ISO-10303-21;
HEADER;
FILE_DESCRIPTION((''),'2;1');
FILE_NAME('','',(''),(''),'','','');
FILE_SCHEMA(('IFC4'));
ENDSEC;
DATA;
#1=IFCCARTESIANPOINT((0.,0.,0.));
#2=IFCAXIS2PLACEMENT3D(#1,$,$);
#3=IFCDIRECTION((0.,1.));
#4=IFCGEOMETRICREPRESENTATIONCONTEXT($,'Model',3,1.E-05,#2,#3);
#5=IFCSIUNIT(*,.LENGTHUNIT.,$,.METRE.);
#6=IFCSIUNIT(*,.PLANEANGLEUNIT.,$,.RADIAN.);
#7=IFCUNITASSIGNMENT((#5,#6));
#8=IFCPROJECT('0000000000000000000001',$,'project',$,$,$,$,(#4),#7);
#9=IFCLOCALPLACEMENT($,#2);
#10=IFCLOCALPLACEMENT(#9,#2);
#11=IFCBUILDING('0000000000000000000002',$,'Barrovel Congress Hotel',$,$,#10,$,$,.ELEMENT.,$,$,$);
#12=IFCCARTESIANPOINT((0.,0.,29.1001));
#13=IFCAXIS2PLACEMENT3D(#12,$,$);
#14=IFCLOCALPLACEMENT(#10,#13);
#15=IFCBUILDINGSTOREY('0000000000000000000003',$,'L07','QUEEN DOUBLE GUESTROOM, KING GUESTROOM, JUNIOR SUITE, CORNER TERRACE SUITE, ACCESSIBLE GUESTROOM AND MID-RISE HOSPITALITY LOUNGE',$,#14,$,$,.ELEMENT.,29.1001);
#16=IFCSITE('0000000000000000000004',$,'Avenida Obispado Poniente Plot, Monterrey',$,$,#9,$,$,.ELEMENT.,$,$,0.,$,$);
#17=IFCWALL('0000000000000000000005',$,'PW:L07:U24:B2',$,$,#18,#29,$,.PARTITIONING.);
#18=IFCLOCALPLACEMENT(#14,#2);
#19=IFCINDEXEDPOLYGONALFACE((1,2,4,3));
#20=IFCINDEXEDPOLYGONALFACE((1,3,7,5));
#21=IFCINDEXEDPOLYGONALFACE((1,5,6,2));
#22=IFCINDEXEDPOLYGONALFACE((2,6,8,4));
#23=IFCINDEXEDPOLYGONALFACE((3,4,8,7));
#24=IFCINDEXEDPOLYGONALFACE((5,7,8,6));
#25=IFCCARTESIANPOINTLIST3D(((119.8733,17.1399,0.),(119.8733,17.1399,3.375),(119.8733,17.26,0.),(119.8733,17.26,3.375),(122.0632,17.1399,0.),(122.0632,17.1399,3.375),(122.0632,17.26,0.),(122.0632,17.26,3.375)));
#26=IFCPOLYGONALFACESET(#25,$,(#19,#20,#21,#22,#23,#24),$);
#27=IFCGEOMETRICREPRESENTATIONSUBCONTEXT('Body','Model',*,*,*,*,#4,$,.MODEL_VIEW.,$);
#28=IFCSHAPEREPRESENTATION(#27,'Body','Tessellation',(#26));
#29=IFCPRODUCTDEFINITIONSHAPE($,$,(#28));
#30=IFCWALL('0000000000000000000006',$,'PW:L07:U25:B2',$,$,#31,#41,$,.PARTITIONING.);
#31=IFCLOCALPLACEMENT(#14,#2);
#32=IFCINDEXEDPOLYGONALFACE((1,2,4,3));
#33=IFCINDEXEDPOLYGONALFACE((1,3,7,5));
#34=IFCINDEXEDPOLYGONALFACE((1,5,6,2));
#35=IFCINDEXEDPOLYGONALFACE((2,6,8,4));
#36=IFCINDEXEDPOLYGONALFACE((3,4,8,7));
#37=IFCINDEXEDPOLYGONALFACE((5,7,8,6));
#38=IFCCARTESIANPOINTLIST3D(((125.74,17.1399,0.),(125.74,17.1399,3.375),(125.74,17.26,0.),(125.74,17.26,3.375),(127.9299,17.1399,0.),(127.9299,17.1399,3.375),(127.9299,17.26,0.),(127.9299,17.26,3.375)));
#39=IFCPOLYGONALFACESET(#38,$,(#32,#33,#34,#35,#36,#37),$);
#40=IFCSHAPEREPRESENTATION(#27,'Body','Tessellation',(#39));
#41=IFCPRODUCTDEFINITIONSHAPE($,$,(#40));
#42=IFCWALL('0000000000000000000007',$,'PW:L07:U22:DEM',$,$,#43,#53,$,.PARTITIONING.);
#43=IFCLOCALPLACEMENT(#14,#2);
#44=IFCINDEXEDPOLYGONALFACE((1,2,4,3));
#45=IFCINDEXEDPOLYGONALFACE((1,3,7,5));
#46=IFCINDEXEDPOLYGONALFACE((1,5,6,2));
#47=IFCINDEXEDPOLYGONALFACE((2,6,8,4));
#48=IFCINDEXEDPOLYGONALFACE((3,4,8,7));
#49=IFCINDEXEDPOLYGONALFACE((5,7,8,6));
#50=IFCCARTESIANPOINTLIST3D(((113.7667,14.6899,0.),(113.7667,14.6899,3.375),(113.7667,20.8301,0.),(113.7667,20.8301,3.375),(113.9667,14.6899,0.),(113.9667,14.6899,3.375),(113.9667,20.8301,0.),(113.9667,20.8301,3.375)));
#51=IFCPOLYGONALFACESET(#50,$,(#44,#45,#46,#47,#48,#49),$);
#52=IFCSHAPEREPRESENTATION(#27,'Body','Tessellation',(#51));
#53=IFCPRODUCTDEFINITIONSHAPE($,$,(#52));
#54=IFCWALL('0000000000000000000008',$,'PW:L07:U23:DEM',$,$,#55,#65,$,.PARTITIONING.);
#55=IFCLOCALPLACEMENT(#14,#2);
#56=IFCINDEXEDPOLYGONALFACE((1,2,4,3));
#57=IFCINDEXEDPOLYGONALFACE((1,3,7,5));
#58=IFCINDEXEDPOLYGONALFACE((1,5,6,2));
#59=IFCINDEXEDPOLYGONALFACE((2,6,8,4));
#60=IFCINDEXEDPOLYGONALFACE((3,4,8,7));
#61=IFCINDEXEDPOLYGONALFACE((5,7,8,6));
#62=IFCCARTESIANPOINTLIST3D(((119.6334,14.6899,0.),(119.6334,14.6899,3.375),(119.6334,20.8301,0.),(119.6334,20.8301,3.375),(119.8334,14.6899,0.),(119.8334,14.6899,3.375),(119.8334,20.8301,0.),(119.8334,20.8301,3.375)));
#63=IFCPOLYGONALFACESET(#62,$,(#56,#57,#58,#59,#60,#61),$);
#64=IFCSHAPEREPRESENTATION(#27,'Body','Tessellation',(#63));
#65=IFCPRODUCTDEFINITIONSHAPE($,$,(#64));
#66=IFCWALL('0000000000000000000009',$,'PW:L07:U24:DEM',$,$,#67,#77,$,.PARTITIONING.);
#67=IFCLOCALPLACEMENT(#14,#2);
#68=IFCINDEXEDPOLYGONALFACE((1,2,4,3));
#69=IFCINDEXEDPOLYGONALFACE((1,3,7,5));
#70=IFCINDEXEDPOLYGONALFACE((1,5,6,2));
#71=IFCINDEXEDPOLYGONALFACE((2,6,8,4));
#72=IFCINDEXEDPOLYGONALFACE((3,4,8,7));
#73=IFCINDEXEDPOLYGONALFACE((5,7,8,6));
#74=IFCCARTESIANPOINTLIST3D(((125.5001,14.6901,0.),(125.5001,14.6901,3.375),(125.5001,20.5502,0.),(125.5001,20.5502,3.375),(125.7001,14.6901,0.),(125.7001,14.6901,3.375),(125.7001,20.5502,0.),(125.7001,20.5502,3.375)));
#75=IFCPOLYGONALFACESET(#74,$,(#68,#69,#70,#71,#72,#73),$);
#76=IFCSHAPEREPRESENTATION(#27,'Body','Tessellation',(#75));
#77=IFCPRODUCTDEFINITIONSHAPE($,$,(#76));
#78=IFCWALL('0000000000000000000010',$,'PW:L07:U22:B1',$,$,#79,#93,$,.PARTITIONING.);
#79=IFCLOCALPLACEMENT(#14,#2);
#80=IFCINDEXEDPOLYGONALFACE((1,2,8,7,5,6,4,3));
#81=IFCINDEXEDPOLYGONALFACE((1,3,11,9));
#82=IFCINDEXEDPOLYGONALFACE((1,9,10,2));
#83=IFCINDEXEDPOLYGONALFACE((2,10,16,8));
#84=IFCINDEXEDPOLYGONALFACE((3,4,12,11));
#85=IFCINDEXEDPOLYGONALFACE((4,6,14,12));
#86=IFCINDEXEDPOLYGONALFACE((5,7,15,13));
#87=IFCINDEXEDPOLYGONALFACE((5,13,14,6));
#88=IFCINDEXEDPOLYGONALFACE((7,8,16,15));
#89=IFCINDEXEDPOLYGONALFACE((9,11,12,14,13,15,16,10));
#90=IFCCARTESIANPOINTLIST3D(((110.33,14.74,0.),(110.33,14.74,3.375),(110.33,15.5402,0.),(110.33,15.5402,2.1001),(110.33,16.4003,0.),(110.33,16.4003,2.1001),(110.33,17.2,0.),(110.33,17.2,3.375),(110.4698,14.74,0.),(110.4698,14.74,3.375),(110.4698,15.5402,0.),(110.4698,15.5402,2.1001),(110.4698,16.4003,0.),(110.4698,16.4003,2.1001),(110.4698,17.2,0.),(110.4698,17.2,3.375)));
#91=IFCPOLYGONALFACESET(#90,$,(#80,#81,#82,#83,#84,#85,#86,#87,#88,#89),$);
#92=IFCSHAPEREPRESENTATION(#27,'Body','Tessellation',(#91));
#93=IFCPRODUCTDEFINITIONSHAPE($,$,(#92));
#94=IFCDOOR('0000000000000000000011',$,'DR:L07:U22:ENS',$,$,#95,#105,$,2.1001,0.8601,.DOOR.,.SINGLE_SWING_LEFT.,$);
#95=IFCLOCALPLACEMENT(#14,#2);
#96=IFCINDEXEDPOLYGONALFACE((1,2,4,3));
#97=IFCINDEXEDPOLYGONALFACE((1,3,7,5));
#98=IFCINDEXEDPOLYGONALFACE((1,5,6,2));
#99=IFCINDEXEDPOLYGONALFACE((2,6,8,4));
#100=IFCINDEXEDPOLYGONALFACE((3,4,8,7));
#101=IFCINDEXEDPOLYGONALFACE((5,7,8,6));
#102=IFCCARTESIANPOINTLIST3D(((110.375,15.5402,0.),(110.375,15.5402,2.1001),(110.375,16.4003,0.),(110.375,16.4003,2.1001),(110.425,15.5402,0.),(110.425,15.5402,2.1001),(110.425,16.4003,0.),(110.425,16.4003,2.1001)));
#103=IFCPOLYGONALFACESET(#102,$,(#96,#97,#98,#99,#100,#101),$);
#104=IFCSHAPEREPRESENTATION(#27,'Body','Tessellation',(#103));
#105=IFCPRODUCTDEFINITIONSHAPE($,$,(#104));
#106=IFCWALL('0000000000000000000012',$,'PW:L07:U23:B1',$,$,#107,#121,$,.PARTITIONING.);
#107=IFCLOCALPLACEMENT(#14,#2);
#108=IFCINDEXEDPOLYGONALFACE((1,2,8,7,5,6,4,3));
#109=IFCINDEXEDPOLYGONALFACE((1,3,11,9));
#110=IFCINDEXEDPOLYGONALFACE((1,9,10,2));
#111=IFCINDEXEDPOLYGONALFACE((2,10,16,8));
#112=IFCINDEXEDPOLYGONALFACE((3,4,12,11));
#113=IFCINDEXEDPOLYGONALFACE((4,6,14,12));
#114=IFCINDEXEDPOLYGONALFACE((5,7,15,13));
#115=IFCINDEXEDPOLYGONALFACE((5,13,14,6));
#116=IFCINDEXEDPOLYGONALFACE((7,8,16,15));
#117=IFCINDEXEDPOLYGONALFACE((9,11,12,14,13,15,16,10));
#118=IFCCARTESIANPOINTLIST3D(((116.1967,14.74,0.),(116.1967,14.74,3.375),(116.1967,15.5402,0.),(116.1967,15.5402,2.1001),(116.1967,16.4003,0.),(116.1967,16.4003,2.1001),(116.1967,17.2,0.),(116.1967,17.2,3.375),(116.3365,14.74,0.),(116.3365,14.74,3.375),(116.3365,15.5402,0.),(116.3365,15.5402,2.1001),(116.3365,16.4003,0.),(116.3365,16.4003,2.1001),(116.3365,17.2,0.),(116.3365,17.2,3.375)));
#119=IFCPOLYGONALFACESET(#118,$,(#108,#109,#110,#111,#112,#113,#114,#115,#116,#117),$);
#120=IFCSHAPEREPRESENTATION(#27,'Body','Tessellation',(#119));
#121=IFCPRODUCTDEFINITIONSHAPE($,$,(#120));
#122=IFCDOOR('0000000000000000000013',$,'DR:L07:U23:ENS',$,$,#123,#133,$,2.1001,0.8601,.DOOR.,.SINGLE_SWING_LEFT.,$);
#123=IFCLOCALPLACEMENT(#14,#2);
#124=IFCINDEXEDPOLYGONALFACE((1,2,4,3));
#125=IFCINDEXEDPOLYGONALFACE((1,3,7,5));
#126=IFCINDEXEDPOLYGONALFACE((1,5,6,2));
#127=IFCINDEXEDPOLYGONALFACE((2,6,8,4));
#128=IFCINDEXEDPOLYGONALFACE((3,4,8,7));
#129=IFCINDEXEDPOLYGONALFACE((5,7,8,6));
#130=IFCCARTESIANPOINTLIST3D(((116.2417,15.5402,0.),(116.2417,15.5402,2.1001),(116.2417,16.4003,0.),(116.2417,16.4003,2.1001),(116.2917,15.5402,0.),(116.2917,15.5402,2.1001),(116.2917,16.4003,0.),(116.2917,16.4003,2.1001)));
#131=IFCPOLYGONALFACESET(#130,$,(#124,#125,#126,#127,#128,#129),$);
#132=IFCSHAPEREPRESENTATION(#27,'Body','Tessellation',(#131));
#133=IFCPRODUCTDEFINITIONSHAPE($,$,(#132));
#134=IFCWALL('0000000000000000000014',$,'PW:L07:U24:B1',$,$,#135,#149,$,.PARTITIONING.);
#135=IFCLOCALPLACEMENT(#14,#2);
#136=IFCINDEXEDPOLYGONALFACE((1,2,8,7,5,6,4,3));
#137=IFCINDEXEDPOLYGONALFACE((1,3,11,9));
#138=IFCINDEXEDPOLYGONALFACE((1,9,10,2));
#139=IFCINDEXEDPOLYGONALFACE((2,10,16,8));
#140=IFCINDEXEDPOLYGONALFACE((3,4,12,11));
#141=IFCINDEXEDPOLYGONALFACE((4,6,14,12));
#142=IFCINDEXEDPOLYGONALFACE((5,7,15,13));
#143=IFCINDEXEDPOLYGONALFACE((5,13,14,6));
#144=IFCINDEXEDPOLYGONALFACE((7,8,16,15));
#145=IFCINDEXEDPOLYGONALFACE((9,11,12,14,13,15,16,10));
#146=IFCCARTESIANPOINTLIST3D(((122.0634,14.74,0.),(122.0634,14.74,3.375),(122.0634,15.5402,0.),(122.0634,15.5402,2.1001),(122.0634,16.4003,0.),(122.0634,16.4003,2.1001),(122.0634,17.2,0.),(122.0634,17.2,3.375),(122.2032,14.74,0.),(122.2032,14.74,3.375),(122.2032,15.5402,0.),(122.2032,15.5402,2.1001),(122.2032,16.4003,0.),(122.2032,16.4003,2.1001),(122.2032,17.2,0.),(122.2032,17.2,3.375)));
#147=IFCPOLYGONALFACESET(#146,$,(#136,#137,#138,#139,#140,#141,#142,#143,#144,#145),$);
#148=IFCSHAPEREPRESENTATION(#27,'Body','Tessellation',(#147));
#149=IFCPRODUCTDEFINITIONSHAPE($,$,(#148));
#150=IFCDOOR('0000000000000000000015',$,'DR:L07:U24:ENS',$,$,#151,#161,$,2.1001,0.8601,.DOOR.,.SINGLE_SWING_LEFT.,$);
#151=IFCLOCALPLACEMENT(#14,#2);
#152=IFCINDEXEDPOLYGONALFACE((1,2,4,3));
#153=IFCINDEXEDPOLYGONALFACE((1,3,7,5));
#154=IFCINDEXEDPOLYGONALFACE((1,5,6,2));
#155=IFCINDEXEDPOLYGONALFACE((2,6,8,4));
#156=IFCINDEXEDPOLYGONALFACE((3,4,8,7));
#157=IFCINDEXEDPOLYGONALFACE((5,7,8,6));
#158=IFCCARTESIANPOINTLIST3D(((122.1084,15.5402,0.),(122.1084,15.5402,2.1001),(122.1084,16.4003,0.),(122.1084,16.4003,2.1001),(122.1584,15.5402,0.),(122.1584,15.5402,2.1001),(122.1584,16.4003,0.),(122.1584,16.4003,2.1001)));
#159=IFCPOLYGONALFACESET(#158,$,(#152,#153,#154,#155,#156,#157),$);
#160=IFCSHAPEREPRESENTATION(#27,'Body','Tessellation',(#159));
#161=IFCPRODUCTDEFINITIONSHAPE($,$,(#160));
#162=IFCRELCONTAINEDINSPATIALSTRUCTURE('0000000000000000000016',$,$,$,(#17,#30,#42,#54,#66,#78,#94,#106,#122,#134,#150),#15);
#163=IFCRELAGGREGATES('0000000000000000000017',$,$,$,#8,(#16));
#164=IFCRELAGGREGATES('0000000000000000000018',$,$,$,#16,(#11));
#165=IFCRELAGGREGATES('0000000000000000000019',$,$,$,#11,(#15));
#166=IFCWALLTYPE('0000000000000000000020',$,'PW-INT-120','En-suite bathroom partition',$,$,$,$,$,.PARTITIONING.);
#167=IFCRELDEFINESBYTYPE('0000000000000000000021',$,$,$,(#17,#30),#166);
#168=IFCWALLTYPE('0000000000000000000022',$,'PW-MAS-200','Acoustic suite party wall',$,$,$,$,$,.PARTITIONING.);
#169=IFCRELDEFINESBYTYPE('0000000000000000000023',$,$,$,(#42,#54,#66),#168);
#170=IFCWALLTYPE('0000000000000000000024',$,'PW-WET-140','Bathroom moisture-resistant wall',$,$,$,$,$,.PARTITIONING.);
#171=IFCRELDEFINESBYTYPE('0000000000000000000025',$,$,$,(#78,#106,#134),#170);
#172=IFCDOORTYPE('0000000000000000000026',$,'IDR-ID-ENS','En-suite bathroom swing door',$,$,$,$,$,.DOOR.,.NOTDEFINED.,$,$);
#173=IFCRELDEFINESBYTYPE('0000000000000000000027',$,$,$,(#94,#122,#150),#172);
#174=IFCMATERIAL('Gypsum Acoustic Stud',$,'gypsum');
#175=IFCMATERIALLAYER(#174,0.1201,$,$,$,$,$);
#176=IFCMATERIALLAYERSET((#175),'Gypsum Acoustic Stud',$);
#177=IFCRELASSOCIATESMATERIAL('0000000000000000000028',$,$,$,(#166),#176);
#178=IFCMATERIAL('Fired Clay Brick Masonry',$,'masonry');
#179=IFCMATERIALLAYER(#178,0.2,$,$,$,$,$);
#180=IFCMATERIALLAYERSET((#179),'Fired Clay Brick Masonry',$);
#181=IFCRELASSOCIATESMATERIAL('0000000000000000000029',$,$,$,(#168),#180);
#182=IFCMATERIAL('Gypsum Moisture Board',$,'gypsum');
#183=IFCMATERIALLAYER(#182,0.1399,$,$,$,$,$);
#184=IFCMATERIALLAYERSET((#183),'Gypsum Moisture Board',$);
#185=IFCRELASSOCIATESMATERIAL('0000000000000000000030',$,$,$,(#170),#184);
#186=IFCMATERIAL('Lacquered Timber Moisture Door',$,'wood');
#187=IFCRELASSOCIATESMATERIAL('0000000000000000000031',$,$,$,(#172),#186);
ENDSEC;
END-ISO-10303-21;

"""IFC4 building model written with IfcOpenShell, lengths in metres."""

from ifc_helpers import new_model, si_unit, direction, frame, frame_2d, origin, place, context, subcontext, project, spatial, rectangle, extrude, material, layer, layer_set, type_object, element, fill, save


model = new_model("IFC4")

# Units and contexts
model_context = context("Model", 3, precision=1e-05, world=origin(), true_north=direction((0.0, 1.0)))
body_context = subcontext(model_context, "Body", "Model", "MODEL_VIEW")
ifc_project = project(units=[si_unit("LENGTHUNIT", "METRE"), si_unit("PLANEANGLEUNIT", "RADIAN")], contexts=[model_context])

# Site, building, storey
site_placement = place(None, origin())
site = spatial("IfcSite", under=ifc_project, at=site_placement, Name="Avenida Obispado Poniente Plot, Monterrey", CompositionType="ELEMENT", RefElevation=0.0)
building_placement = place(site_placement, origin())
building = spatial("IfcBuilding", under=site, at=building_placement, Name="Barrovel Congress Hotel", CompositionType="ELEMENT")
storey_placement = place(building_placement, frame((0.0, 0.0, 29.1001)))
storey = spatial("IfcBuildingStorey", under=building, at=storey_placement, Name="L07", Description="QUEEN DOUBLE GUESTROOM, KING GUESTROOM, JUNIOR SUITE, CORNER TERRACE SUITE, ACCESSIBLE GUESTROOM AND MID-RISE HOSPITALITY LOUNGE", CompositionType="ELEMENT", Elevation=29.1001)

# Shared definitions
ifc_material_1 = material(Name="Gypsum Acoustic Stud", Category="gypsum")

# Walls
ifc_layer_1 = layer(ifc_material_1, 0.1201)
ifc_layer_set_1 = layer_set([ifc_layer_1], Name="Gypsum Acoustic Stud")
wall_type_1 = type_object("IfcWallType", Name="PW-INT-120", Description="En-suite bathroom partition", PredefinedType="PARTITIONING", material=ifc_layer_set_1)
for number, where, z_axis, x_axis, name in (
    (1, (119.8733, 17.2, 0.0), (0.0, 0.0, 1.0), (1.0, 0.0, 0.0), "PW:L07:U24:B2"),
    (2, (125.74, 17.2, 0.0), (0.0, 0.0, 1.0), (1.0, 0.0, 0.0), "PW:L07:U25:B2"),
):
    element("IfcWall", number, at=place(storey_placement, frame(where, z_axis=z_axis, x_axis=x_axis)), inside=storey, type_object=wall_type_1, Name=name, PredefinedType="PARTITIONING", context=body_context, shape_type="SweptSolid", body=[
        extrude(rectangle(XDim=2.1899, YDim=0.1201, at=frame_2d((1.095, 0.0))), origin(), (0.0, 0.0, 1.0), 3.375),
    ])
ifc_material_2 = material(Name="Fired Clay Brick Masonry", Category="masonry")
ifc_layer_2 = layer(ifc_material_2, 0.2)
ifc_layer_set_2 = layer_set([ifc_layer_2], Name="Fired Clay Brick Masonry")
wall_type_2 = type_object("IfcWallType", Name="PW-MAS-200", Description="Acoustic suite party wall", PredefinedType="PARTITIONING", material=ifc_layer_set_2)
for number, where, z_axis, x_axis, name in (
    (3, (113.8667, 14.6899, 0.0), (0.0, 0.0, 1.0), (0.0, 1.0, 0.0), "PW:L07:U22:DEM"),
    (4, (119.7334, 14.6899, 0.0), (0.0, 0.0, 1.0), (0.0, 1.0, 0.0), "PW:L07:U23:DEM"),
):
    element("IfcWall", number, at=place(storey_placement, frame(where, z_axis=z_axis, x_axis=x_axis)), inside=storey, type_object=wall_type_2, Name=name, PredefinedType="PARTITIONING", context=body_context, shape_type="SweptSolid", body=[
        extrude(rectangle(XDim=6.1401, YDim=0.2, at=frame_2d((3.0701, 0.0))), origin(), (0.0, 0.0, 1.0), 3.375),
    ])
wall_1_placement = place(storey_placement, frame((125.6001, 14.6899, 0.0), z_axis=(0.0, 0.0, 1.0), x_axis=(0.0, 1.0, 0.0)))
element("IfcWall", 5, at=wall_1_placement, inside=storey, type_object=wall_type_2, Name="PW:L07:U24:DEM", PredefinedType="PARTITIONING", context=body_context, shape_type="SweptSolid", body=[
    extrude(rectangle(XDim=5.8601, YDim=0.2, at=frame_2d((2.9302, 0.0))), origin(), (0.0, 0.0, 1.0), 3.375),
])

# Walls, openings, doors
ifc_material_3 = material(Name="Gypsum Moisture Board", Category="gypsum")
ifc_layer_3 = layer(ifc_material_3, 0.1399)
ifc_layer_set_3 = layer_set([ifc_layer_3], Name="Gypsum Moisture Board")
wall_type_3 = type_object("IfcWallType", Name="PW-WET-140", Description="Bathroom moisture-resistant wall", PredefinedType="PARTITIONING", material=ifc_layer_set_3)
wall_2_placement = place(storey_placement, frame((110.3999, 14.74, 0.0), z_axis=(0.0, 0.0, 1.0), x_axis=(0.0, 1.0, 0.0)))
wall_2 = element("IfcWall", 6, at=wall_2_placement, inside=storey, type_object=wall_type_3, Name="PW:L07:U22:B1", PredefinedType="PARTITIONING", context=body_context, shape_type="SweptSolid", body=[
    extrude(rectangle(XDim=2.46, YDim=0.1399, at=frame_2d((1.23, 0.0))), origin(), (0.0, 0.0, 1.0), 3.375),
])
opening_1_placement = place(wall_2_placement, frame((0.8, 0.0, 0.0)))
opening_1 = element("IfcOpeningElement", 7, at=opening_1_placement, cuts=wall_2, PredefinedType="OPENING", context=body_context, shape_type="SweptSolid", body=[
    extrude(rectangle(XDim=0.8601, YDim=2.1001, at=frame_2d((0.4302, 1.05))), frame((0.0, 0.0801, 0.0), z_axis=(0.0, -1.0, 0.0), x_axis=(1.0, 0.0, 0.0)), (0.0, 0.0, 1.0), 0.1599),
])
ifc_material_4 = material(Name="Lacquered Timber Moisture Door", Category="wood")
door_type_1 = type_object("IfcDoorType", Name="IDR-ID-ENS", Description="En-suite bathroom swing door", OperationType="NOTDEFINED", PredefinedType="DOOR", material=ifc_material_4)
door_1_placement = place(opening_1_placement, origin())
door_1 = element("IfcDoor", 8, at=door_1_placement, inside=storey, type_object=door_type_1, Name="DR:L07:U22:ENS", OperationType="SINGLE_SWING_LEFT", OverallHeight=2.1001, OverallWidth=0.8601, PredefinedType="DOOR", context=body_context, shape_type="SweptSolid", body=[
    extrude(rectangle(XDim=0.8601, YDim=2.1001, at=frame_2d((0.4302, 1.05))), frame((0.0, 0.0249, 0.0), z_axis=(0.0, -1.0, 0.0), x_axis=(1.0, 0.0, 0.0)), (0.0, 0.0, 1.0), 0.05),
])
fill(opening_1, door_1)
wall_3_placement = place(storey_placement, frame((116.2666, 14.74, 0.0), z_axis=(0.0, 0.0, 1.0), x_axis=(0.0, 1.0, 0.0)))
wall_3 = element("IfcWall", 9, at=wall_3_placement, inside=storey, type_object=wall_type_3, Name="PW:L07:U23:B1", PredefinedType="PARTITIONING", context=body_context, shape_type="SweptSolid", body=[
    extrude(rectangle(XDim=2.46, YDim=0.1399, at=frame_2d((1.23, 0.0))), origin(), (0.0, 0.0, 1.0), 3.375),
])
opening_2_placement = place(wall_3_placement, frame((0.8, 0.0, 0.0)))
opening_2 = element("IfcOpeningElement", 10, at=opening_2_placement, cuts=wall_3, PredefinedType="OPENING", context=body_context, shape_type="SweptSolid", body=[
    extrude(rectangle(XDim=0.8601, YDim=2.1001, at=frame_2d((0.4302, 1.05))), frame((0.0, 0.0801, 0.0), z_axis=(0.0, -1.0, 0.0), x_axis=(1.0, 0.0, 0.0)), (0.0, 0.0, 1.0), 0.1599),
])
door_2_placement = place(opening_2_placement, origin())
door_2 = element("IfcDoor", 11, at=door_2_placement, inside=storey, type_object=door_type_1, Name="DR:L07:U23:ENS", OperationType="SINGLE_SWING_LEFT", OverallHeight=2.1001, OverallWidth=0.8601, PredefinedType="DOOR", context=body_context, shape_type="SweptSolid", body=[
    extrude(rectangle(XDim=0.8601, YDim=2.1001, at=frame_2d((0.4302, 1.05))), frame((0.0, 0.0249, 0.0), z_axis=(0.0, -1.0, 0.0), x_axis=(1.0, 0.0, 0.0)), (0.0, 0.0, 1.0), 0.05),
])
fill(opening_2, door_2)
wall_4_placement = place(storey_placement, frame((122.1333, 14.74, 0.0), z_axis=(0.0, 0.0, 1.0), x_axis=(0.0, 1.0, 0.0)))
wall_4 = element("IfcWall", 12, at=wall_4_placement, inside=storey, type_object=wall_type_3, Name="PW:L07:U24:B1", PredefinedType="PARTITIONING", context=body_context, shape_type="SweptSolid", body=[
    extrude(rectangle(XDim=2.46, YDim=0.1399, at=frame_2d((1.23, 0.0))), origin(), (0.0, 0.0, 1.0), 3.375),
])
opening_3_placement = place(wall_4_placement, frame((0.8, 0.0, 0.0)))
opening_3 = element("IfcOpeningElement", 13, at=opening_3_placement, cuts=wall_4, PredefinedType="OPENING", context=body_context, shape_type="SweptSolid", body=[
    extrude(rectangle(XDim=0.8601, YDim=2.1001, at=frame_2d((0.4302, 1.05))), frame((0.0, 0.0801, 0.0), z_axis=(0.0, -1.0, 0.0), x_axis=(1.0, 0.0, 0.0)), (0.0, 0.0, 1.0), 0.1599),
])
door_3_placement = place(opening_3_placement, origin())
door_3 = element("IfcDoor", 14, at=door_3_placement, inside=storey, type_object=door_type_1, Name="DR:L07:U24:ENS", OperationType="SINGLE_SWING_LEFT", OverallHeight=2.1001, OverallWidth=0.8601, PredefinedType="DOOR", context=body_context, shape_type="SweptSolid", body=[
    extrude(rectangle(XDim=0.8601, YDim=2.1001, at=frame_2d((0.4302, 1.05))), frame((0.0, 0.0249, 0.0), z_axis=(0.0, -1.0, 0.0), x_axis=(1.0, 0.0, 0.0)), (0.0, 0.0, 1.0), 0.05),
])
fill(opening_3, door_3)

save(model, "model.ifc")
